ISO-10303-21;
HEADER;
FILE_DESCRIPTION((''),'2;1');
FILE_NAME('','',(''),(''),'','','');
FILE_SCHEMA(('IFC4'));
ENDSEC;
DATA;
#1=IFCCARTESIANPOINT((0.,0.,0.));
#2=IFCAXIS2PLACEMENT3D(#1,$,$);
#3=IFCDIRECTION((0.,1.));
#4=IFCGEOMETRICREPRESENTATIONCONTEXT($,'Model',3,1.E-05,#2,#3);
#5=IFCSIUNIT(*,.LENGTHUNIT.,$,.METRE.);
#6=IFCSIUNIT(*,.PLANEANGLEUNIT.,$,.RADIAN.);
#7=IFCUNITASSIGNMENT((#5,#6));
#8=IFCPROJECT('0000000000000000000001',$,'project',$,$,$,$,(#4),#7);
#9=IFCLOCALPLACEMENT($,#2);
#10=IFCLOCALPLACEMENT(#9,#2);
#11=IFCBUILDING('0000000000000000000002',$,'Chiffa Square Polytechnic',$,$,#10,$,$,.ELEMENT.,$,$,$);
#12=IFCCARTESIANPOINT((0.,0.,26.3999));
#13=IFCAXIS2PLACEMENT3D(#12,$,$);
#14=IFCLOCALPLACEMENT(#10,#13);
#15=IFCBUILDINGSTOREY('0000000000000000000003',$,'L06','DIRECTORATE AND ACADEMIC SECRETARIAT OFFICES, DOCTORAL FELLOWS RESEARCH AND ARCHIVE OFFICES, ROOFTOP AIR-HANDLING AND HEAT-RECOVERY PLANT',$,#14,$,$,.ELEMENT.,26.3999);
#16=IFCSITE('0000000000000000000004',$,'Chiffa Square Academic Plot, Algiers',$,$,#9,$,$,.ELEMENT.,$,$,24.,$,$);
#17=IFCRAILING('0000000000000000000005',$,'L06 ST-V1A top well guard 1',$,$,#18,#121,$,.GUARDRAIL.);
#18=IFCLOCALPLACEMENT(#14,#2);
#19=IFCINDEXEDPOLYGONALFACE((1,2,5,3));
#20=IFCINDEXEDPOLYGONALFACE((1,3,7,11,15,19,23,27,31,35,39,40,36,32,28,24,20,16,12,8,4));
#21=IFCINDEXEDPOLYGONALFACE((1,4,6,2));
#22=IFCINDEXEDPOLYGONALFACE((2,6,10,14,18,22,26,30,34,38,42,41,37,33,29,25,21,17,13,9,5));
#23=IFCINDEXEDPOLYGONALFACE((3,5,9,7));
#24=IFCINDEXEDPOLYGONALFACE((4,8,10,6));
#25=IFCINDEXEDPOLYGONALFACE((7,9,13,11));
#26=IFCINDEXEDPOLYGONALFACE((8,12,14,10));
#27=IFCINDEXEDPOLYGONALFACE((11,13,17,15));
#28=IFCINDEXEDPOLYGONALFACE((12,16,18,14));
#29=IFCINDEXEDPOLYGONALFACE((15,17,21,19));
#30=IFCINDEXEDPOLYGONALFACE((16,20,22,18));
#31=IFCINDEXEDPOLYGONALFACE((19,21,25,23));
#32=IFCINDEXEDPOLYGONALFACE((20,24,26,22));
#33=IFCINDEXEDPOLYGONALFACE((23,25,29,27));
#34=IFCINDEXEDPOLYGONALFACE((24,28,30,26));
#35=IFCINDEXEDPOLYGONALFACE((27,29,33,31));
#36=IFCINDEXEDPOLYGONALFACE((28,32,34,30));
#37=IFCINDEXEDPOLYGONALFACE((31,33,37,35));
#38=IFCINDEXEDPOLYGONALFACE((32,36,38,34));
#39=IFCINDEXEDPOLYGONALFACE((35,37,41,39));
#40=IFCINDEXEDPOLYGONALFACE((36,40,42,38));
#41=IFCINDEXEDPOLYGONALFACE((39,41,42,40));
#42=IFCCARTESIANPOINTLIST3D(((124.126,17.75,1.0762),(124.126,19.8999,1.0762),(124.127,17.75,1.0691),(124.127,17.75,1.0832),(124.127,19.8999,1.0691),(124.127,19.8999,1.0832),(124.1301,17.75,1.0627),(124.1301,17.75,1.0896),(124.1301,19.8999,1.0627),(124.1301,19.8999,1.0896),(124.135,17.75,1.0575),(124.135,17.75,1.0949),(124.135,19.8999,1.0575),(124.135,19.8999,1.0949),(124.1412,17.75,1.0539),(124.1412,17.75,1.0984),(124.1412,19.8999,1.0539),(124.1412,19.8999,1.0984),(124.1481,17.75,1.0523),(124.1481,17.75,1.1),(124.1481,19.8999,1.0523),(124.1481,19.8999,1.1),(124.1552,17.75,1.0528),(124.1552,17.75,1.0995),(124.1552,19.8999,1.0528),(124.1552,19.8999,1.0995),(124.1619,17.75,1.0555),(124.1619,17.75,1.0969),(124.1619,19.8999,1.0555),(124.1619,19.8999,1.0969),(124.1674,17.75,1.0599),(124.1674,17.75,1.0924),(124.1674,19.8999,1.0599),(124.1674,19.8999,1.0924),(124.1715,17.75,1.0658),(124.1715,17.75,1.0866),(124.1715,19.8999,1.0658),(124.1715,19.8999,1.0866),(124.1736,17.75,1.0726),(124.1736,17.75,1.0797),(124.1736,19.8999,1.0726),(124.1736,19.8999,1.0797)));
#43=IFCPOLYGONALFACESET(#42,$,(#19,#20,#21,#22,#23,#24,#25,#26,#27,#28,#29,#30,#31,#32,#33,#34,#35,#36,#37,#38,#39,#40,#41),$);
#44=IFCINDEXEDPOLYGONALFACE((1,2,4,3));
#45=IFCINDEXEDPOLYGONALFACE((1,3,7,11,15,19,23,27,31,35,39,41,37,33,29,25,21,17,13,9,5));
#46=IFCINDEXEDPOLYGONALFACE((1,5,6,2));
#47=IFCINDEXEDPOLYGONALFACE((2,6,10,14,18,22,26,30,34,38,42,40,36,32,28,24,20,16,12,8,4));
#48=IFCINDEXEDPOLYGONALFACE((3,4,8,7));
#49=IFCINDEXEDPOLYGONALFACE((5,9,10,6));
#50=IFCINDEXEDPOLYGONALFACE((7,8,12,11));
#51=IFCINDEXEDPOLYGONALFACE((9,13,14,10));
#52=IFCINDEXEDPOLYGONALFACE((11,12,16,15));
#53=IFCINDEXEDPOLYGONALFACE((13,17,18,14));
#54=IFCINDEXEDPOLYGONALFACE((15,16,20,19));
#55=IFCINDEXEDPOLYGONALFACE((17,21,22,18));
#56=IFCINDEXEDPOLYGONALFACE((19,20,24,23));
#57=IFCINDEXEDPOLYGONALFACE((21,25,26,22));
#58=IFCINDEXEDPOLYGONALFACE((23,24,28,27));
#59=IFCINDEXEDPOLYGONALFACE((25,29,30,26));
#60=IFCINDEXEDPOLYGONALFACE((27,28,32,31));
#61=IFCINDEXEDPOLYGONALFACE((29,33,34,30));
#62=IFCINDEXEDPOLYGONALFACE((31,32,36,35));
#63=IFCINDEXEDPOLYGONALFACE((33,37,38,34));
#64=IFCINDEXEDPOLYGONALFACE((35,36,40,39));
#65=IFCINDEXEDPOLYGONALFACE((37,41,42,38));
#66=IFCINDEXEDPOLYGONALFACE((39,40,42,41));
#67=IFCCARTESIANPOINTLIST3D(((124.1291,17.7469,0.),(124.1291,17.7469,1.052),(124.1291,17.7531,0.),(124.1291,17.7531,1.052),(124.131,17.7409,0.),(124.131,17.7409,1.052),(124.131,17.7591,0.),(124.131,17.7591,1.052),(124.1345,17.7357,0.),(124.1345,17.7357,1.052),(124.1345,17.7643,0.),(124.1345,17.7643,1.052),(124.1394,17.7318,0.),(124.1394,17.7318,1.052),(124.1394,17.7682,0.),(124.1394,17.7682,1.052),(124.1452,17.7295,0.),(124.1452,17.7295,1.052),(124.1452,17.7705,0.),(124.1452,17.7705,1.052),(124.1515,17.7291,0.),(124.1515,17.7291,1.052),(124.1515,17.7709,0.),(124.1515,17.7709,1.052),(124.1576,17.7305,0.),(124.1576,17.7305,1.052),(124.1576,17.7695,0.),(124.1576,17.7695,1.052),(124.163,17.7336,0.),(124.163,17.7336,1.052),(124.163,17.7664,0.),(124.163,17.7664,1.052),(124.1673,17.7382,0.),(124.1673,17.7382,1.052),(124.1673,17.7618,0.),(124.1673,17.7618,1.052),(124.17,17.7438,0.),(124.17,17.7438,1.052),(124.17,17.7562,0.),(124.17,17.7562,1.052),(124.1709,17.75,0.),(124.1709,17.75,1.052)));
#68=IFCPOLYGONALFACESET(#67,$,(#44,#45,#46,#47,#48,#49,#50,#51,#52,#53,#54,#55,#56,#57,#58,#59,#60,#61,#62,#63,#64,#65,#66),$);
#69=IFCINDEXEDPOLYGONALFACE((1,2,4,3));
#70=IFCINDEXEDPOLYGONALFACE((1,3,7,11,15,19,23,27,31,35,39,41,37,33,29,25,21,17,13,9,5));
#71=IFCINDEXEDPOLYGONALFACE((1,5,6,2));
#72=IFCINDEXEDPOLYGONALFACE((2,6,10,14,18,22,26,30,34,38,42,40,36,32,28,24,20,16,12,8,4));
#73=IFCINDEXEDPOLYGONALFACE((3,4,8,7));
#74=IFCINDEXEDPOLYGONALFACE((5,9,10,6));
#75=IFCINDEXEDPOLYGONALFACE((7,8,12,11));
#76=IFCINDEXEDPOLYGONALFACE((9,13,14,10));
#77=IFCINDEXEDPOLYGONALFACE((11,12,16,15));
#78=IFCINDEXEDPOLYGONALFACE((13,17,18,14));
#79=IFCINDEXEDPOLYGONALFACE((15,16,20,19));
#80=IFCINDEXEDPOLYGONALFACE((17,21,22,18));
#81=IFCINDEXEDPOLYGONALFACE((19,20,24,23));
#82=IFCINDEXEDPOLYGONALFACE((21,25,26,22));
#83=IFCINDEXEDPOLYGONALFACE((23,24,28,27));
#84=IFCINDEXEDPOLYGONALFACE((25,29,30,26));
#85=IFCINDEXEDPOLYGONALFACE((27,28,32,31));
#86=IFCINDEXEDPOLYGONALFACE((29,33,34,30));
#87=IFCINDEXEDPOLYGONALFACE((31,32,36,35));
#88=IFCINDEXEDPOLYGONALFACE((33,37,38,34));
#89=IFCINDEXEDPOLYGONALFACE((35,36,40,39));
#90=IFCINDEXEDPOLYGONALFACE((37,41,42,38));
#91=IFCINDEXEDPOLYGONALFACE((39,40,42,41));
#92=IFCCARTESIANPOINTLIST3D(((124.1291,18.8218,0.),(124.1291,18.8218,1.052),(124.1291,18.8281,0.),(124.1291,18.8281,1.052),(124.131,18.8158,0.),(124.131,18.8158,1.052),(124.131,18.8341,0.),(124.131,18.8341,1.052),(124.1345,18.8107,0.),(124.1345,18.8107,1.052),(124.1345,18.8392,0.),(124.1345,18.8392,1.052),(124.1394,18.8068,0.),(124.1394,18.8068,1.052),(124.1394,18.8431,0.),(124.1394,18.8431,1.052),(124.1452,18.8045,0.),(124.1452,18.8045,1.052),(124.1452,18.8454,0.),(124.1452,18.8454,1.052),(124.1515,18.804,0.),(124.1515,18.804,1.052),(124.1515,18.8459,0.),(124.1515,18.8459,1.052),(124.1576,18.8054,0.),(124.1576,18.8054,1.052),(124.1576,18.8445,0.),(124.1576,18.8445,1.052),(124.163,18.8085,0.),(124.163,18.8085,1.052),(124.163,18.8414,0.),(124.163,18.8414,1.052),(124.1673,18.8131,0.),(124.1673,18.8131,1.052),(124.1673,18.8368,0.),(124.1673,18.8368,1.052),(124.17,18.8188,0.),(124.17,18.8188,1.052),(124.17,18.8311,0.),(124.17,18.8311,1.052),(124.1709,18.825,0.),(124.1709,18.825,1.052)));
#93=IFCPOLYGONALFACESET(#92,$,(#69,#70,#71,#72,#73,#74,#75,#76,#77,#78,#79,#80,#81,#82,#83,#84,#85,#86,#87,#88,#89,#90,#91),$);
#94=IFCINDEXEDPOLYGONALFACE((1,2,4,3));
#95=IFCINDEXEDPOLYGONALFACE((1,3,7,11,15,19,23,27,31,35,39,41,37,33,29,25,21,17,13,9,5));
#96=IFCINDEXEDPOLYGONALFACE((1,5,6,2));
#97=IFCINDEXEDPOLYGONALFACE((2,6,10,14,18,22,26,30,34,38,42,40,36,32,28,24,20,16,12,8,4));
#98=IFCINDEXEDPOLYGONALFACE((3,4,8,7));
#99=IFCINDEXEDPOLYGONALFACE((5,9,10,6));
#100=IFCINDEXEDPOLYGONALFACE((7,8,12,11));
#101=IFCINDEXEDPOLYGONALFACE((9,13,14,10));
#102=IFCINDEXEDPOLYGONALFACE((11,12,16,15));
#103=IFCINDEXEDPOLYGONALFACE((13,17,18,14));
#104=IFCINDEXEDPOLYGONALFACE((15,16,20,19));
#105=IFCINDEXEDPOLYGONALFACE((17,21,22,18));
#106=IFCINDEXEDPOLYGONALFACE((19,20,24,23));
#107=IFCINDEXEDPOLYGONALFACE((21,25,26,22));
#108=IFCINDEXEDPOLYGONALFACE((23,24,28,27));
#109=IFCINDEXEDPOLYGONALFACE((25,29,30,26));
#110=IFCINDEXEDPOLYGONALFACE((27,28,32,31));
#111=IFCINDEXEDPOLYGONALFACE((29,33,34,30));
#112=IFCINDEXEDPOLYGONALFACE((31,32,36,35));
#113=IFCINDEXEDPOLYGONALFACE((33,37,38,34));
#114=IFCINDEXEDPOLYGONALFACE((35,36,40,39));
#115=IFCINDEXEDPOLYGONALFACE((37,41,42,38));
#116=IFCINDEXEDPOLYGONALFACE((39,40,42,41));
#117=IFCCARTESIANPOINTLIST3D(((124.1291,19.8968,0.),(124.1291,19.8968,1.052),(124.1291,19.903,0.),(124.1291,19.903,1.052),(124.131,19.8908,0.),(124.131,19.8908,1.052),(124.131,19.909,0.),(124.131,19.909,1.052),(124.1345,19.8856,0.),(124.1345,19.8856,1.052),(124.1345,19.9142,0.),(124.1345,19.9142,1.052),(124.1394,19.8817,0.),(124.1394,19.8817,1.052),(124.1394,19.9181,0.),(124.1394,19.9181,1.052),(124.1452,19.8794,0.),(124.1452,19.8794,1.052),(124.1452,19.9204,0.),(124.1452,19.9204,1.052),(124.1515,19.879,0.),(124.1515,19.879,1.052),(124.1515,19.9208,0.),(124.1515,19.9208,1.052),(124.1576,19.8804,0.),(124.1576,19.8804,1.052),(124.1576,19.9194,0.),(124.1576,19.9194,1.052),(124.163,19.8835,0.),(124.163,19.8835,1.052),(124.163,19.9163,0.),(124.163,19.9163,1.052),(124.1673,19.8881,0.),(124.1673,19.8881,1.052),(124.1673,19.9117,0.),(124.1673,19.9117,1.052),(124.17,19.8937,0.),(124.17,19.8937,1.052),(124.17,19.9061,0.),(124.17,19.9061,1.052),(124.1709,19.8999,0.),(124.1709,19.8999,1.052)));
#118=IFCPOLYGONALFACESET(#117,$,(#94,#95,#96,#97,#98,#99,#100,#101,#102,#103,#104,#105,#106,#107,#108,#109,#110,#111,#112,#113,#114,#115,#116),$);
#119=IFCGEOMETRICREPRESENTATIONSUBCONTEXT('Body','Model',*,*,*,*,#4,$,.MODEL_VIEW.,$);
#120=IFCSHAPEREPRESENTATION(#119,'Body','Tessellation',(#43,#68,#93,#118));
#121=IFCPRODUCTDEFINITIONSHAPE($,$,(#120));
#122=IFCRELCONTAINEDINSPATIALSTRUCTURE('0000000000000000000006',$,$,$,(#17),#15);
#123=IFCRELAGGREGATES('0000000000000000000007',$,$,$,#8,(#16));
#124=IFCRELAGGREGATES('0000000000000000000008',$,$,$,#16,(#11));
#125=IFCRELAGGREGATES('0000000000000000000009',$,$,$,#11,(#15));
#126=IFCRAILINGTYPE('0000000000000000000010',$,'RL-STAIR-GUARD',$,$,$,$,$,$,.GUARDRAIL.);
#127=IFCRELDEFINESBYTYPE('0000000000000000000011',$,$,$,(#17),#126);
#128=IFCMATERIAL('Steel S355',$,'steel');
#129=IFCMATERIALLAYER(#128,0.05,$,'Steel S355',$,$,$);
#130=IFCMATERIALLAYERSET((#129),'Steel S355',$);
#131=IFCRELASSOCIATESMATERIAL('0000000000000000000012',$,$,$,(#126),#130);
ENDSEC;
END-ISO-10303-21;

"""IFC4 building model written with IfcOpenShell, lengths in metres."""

from ifc_helpers import new_model, si_unit, direction, frame, origin, origin_2d, place, context, subcontext, project, spatial, circle, extrude, material, layer, layer_set, type_object, element, save


model = new_model("IFC4")

# Units and contexts
model_context = context("Model", 3, precision=1e-05, world=origin(), true_north=direction((0.0, 1.0)))
body_context = subcontext(model_context, "Body", "Model", "MODEL_VIEW")
ifc_project = project(units=[si_unit("LENGTHUNIT", "METRE"), si_unit("PLANEANGLEUNIT", "RADIAN")], contexts=[model_context])

# Site, building, storey
site_placement = place(None, origin())
site = spatial("IfcSite", under=ifc_project, at=site_placement, Name="Chiffa Square Academic Plot, Algiers", CompositionType="ELEMENT", RefElevation=24.0)
building_placement = place(site_placement, origin())
building = spatial("IfcBuilding", under=site, at=building_placement, Name="Chiffa Square Polytechnic", CompositionType="ELEMENT")
storey_placement = place(building_placement, frame((0.0, 0.0, 26.3999)))
storey = spatial("IfcBuildingStorey", under=building, at=storey_placement, Name="L06", Description="DIRECTORATE AND ACADEMIC SECRETARIAT OFFICES, DOCTORAL FELLOWS RESEARCH AND ARCHIVE OFFICES, ROOFTOP AIR-HANDLING AND HEAT-RECOVERY PLANT", CompositionType="ELEMENT", Elevation=26.3999)

# Railing
ifc_material_1 = material(Name="Steel S355", Category="steel")
ifc_layer_1 = layer(ifc_material_1, 0.05, Name="Steel S355")
ifc_layer_set_1 = layer_set([ifc_layer_1], Name="Steel S355")
railing_type = type_object("IfcRailingType", Name="RL-STAIR-GUARD", PredefinedType="GUARDRAIL", material=ifc_layer_set_1)
railing_placement = place(storey_placement, frame((124.1499, 17.75, 0.0)))
element("IfcRailing", 1, at=railing_placement, inside=storey, type_object=railing_type, Name="L06 ST-V1A top well guard 1", PredefinedType="GUARDRAIL", context=body_context, shape_type="SweptSolid", body=[
    extrude(circle(Radius=0.0239, at=origin_2d()), frame((0.0, 0.0, 1.0762), z_axis=(0.0, 1.0, 0.0), x_axis=(-1.0, 0.0, 0.0)), (0.0, 0.0, 1.0), 2.1499),
    extrude(circle(Radius=0.021, at=origin_2d()), origin(), (0.0, 0.0, 1.0), 1.052),
    extrude(circle(Radius=0.021, at=origin_2d()), frame((0.0, 1.075, 0.0)), (0.0, 0.0, 1.0), 1.052),
    extrude(circle(Radius=0.021, at=origin_2d()), frame((0.0, 2.1499, 0.0)), (0.0, 0.0, 1.0), 1.052),
])

save(model, "model.ifc")
